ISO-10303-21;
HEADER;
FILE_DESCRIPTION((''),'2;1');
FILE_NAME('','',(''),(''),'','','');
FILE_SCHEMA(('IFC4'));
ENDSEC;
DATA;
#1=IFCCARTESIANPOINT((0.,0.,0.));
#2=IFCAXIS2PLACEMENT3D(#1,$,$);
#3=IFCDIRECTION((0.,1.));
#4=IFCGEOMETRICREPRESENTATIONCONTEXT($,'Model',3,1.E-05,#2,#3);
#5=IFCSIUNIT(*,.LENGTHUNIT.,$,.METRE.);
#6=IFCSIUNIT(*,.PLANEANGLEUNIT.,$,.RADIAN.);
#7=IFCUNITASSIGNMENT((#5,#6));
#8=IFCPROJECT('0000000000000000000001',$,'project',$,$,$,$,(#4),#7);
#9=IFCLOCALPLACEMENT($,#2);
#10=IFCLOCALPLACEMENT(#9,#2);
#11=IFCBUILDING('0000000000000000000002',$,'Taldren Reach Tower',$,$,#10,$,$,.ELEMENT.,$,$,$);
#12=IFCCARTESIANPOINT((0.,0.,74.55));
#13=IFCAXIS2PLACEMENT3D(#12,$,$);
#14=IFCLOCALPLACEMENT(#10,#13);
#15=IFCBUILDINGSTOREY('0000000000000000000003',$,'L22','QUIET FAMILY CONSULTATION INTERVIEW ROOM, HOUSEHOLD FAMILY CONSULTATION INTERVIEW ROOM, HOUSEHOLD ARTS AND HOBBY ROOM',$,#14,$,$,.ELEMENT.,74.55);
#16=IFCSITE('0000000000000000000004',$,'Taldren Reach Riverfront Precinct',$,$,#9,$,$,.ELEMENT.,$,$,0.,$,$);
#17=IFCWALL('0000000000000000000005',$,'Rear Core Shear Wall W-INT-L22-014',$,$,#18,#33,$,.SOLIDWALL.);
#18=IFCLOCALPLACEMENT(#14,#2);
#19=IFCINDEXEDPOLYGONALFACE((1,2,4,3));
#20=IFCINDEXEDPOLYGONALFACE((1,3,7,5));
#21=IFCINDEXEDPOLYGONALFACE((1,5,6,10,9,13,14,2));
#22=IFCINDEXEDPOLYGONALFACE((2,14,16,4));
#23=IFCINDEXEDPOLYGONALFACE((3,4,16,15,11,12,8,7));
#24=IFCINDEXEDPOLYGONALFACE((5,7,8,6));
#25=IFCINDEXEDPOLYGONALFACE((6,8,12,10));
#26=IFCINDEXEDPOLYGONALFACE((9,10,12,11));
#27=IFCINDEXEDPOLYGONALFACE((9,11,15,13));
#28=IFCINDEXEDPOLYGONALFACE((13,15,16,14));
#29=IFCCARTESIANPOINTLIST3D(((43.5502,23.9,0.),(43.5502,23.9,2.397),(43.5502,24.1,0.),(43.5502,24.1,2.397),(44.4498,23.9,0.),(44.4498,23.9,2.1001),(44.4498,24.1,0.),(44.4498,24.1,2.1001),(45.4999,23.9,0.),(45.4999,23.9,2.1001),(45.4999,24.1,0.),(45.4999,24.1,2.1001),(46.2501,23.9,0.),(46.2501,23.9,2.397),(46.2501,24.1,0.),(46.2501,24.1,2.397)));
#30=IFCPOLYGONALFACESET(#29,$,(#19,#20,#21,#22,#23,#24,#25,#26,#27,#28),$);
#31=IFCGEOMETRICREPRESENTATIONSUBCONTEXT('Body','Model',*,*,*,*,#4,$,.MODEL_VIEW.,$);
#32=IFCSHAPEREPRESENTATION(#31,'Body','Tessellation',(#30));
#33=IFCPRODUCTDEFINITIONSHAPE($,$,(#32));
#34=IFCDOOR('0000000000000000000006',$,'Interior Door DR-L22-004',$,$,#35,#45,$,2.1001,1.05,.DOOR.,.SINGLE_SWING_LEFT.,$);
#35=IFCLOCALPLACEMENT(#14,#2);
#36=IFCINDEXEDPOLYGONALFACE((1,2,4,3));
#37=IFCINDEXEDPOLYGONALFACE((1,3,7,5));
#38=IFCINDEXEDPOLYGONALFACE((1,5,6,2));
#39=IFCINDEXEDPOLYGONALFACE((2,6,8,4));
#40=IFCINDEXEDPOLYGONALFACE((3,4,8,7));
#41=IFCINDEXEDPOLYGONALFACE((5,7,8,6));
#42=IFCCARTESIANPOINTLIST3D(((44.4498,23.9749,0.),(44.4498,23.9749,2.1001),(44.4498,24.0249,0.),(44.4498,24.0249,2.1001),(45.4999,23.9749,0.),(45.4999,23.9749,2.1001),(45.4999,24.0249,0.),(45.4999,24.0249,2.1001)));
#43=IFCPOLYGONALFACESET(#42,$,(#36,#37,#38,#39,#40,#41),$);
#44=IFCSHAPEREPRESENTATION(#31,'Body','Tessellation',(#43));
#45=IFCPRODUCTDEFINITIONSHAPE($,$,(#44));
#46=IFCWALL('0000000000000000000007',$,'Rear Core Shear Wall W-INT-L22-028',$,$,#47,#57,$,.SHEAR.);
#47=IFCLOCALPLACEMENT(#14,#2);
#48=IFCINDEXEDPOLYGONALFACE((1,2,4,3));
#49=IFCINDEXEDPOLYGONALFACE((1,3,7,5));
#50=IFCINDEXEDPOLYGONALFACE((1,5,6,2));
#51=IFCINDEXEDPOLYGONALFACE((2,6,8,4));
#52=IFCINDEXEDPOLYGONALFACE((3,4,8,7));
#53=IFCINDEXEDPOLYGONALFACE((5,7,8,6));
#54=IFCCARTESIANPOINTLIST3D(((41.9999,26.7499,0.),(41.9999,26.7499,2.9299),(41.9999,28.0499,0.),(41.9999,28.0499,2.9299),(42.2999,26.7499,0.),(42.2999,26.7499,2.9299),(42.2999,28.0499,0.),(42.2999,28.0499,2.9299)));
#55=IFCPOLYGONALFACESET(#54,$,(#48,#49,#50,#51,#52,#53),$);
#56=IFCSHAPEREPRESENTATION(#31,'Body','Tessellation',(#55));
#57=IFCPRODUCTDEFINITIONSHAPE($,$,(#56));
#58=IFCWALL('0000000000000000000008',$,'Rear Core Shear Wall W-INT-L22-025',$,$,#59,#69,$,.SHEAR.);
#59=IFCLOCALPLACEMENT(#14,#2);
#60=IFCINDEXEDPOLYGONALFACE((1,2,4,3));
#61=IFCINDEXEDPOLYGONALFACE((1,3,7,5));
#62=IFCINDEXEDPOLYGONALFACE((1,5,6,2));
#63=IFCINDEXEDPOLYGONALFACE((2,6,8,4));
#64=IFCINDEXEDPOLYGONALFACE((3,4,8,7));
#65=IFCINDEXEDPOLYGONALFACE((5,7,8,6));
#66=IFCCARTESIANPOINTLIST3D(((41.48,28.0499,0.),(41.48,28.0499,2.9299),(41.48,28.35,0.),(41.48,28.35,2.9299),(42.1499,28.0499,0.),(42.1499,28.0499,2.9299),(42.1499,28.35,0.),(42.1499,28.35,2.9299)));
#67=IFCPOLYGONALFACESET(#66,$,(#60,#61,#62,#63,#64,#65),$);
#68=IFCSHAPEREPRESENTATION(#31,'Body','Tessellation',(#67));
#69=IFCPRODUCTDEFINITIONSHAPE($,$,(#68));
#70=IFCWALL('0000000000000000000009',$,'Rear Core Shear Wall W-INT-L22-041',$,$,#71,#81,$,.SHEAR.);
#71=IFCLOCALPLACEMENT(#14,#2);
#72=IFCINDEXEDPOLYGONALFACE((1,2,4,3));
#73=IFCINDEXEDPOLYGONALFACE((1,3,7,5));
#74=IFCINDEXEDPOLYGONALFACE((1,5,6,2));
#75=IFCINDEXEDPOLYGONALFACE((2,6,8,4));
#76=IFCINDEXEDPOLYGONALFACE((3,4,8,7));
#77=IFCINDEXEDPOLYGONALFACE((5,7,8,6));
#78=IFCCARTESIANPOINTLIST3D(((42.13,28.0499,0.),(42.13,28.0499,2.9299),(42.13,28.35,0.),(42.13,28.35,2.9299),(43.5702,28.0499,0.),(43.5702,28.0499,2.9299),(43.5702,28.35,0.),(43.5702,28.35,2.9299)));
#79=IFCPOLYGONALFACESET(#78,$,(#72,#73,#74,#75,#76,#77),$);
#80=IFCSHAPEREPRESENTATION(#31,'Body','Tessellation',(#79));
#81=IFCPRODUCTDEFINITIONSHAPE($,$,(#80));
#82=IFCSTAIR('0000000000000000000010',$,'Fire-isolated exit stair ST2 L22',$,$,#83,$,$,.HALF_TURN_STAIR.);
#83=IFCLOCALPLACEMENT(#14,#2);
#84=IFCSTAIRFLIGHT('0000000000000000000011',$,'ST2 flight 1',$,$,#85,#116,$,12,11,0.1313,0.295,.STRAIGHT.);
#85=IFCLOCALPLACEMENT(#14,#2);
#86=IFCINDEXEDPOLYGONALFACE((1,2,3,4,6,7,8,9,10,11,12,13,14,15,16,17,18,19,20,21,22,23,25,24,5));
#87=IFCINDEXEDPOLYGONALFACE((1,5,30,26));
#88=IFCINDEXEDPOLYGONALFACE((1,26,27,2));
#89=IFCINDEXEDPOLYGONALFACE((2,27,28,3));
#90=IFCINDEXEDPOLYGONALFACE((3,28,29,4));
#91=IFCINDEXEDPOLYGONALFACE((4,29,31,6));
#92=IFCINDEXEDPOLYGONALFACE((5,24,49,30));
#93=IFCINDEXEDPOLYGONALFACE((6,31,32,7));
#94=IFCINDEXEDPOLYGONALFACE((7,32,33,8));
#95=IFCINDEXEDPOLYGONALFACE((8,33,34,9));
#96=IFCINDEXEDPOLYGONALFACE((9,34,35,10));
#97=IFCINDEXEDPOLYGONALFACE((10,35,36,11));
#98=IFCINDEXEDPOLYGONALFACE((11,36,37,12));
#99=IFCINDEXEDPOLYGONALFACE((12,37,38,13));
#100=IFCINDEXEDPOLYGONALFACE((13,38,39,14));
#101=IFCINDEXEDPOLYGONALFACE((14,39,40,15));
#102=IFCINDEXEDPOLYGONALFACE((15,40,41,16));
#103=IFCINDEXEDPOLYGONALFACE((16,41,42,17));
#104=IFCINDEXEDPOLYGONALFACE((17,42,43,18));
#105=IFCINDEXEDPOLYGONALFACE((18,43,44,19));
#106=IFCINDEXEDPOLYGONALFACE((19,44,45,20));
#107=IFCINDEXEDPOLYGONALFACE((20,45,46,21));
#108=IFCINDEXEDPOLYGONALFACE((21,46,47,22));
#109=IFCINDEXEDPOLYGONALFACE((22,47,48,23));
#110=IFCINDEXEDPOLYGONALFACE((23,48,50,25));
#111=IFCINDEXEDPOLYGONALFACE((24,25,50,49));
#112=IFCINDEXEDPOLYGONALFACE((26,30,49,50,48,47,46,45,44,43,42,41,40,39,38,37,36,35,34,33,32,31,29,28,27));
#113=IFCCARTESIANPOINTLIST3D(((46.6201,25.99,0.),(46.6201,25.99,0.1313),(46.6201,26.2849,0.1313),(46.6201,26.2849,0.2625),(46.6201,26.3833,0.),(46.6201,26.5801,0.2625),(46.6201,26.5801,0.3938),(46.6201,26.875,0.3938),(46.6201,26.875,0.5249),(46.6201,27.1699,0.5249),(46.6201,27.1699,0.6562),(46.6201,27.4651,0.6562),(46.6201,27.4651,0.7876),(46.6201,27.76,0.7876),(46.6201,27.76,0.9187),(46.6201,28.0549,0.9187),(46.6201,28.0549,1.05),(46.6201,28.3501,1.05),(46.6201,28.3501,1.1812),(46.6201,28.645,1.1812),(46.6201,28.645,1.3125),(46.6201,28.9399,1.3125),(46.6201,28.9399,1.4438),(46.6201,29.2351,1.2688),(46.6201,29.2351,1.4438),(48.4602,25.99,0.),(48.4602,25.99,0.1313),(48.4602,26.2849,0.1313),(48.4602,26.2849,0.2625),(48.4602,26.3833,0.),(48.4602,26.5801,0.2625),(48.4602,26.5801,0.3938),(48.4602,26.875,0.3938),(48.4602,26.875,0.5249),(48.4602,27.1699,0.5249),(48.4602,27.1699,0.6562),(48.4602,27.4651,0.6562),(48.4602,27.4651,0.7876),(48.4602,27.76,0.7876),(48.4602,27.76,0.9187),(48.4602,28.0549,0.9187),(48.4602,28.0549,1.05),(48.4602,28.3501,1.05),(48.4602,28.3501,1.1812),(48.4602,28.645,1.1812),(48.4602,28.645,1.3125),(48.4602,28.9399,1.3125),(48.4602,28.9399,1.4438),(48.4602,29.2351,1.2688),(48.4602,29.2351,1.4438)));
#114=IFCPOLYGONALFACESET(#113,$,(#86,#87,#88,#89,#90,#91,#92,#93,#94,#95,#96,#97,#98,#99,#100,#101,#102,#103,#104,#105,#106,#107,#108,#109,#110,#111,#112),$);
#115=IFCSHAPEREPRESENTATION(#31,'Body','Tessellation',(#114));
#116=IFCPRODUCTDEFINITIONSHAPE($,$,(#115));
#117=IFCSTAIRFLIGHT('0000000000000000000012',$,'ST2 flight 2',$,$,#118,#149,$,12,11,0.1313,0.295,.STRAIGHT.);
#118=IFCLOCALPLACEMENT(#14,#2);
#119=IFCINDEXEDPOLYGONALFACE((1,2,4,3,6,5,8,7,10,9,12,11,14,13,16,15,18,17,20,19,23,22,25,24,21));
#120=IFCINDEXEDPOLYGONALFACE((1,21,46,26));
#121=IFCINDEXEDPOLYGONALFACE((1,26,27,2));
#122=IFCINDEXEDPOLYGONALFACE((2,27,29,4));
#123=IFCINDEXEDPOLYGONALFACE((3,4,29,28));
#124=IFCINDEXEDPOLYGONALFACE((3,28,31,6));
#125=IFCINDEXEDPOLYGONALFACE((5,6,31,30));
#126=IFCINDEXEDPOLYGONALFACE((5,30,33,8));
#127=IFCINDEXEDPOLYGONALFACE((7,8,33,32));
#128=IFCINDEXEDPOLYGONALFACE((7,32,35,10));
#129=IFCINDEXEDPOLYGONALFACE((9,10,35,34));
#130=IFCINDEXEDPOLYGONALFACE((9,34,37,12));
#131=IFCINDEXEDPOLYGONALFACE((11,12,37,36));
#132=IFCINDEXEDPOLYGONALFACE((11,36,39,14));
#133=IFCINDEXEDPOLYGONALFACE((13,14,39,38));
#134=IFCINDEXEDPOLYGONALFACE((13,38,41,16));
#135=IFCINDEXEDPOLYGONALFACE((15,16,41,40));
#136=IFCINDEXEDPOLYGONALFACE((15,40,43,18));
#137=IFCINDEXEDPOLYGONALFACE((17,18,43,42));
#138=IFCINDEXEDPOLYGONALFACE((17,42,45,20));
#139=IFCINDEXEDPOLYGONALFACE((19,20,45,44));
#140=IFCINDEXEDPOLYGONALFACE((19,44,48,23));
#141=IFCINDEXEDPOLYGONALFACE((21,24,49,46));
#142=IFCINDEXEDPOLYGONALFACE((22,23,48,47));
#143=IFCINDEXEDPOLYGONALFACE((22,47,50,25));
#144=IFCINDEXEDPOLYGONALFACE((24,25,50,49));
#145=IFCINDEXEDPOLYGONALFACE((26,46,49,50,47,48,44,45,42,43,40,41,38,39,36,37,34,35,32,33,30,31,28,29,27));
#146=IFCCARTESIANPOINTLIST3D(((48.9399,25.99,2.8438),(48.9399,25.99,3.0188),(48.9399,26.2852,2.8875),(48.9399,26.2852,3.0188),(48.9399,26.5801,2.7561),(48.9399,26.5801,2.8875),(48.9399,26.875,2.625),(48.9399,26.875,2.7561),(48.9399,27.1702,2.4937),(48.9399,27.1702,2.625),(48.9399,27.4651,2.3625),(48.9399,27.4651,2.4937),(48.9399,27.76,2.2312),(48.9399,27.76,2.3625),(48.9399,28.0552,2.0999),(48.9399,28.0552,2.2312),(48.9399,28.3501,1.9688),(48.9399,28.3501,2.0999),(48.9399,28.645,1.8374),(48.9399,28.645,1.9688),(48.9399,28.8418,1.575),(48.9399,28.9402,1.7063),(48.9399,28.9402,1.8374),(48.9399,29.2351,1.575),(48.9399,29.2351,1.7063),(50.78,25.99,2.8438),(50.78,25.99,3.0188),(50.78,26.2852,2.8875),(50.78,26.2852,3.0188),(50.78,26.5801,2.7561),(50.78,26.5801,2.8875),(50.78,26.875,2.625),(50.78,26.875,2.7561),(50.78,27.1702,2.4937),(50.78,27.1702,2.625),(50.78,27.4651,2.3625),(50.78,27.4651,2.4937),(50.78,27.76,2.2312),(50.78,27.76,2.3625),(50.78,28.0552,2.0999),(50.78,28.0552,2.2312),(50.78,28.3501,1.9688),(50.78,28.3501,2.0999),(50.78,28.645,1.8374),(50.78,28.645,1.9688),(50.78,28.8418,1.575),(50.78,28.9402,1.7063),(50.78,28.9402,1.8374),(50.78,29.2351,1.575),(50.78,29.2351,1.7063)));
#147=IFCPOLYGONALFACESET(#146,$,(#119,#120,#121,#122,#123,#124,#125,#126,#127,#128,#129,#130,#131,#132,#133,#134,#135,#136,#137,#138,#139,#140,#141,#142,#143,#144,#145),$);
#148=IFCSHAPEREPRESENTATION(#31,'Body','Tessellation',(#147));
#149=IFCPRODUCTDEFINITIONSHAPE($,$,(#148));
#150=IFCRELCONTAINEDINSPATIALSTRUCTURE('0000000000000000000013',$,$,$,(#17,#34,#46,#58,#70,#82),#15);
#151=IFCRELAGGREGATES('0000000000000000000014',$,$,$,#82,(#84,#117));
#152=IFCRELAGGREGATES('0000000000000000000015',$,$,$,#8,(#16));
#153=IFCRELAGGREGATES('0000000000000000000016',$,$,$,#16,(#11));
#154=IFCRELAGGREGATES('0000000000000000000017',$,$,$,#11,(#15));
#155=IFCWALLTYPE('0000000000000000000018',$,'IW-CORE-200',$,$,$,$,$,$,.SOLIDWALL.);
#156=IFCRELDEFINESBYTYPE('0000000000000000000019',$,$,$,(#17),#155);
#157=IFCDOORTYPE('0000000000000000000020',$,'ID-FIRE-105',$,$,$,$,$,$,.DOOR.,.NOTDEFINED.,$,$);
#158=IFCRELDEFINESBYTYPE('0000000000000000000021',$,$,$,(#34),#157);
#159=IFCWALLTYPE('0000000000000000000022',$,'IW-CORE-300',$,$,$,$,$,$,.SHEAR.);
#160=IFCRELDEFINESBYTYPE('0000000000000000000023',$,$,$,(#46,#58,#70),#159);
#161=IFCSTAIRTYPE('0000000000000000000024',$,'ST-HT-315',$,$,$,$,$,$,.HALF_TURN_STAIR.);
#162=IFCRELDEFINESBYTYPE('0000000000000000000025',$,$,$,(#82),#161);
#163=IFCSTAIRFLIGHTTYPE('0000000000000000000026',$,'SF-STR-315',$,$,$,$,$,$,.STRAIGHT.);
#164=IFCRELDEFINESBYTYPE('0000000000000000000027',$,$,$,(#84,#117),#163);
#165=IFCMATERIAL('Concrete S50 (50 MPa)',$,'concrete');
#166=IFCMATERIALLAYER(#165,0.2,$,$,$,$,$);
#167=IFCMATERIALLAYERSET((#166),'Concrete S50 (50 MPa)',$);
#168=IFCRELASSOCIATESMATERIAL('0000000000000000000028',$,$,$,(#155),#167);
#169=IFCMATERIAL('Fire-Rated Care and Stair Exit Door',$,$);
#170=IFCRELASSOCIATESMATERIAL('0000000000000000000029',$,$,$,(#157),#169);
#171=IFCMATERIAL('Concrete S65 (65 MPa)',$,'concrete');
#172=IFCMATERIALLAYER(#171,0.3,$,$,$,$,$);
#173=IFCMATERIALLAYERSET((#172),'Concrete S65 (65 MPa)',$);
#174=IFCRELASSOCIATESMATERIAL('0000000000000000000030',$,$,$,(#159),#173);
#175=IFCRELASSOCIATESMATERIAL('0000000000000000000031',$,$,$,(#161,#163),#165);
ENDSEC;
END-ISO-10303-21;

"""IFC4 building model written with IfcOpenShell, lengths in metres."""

from ifc_helpers import new_model, si_unit, direction, frame, frame_2d, origin, place, context, subcontext, project, spatial, polyline, rectangle, outline, extrude, source, transform, mapped, material, layer, layer_set, type_object, element, fill, aggregate, save


model = new_model("IFC4")

# Units and contexts
model_context = context("Model", 3, precision=1e-05, world=origin(), true_north=direction((0.0, 1.0)))
body_context = subcontext(model_context, "Body", "Model", "MODEL_VIEW")
ifc_project = project(units=[si_unit("LENGTHUNIT", "METRE"), si_unit("PLANEANGLEUNIT", "RADIAN")], contexts=[model_context])

# Site, building, storey
site_placement = place(None, origin())
site = spatial("IfcSite", under=ifc_project, at=site_placement, Name="Taldren Reach Riverfront Precinct", CompositionType="ELEMENT", RefElevation=0.0)
building_placement = place(site_placement, origin())
building = spatial("IfcBuilding", under=site, at=building_placement, Name="Taldren Reach Tower", CompositionType="ELEMENT")
storey_placement = place(building_placement, frame((0.0, 0.0, 74.55)))
storey = spatial("IfcBuildingStorey", under=building, at=storey_placement, Name="L22", Description="QUIET FAMILY CONSULTATION INTERVIEW ROOM, HOUSEHOLD FAMILY CONSULTATION INTERVIEW ROOM, HOUSEHOLD ARTS AND HOBBY ROOM", CompositionType="ELEMENT", Elevation=74.55)

# Shared definitions
ifc_material_1 = material(Name="Concrete S50 (50 MPa)", Category="concrete")
ifc_layer_1 = layer(ifc_material_1, 0.2)
ifc_layer_set_1 = layer_set([ifc_layer_1], Name="Concrete S50 (50 MPa)")
wall_type_1 = type_object("IfcWallType", Name="IW-CORE-200", PredefinedType="SOLIDWALL", material=ifc_layer_set_1)
shared_shape_1 = source(origin(), body_context, "Body", "SweptSolid", [
    extrude(rectangle(XDim=1.05, YDim=2.1001, at=frame_2d((0.5249, 1.05))), frame((0.0, 0.1099, 0.0), z_axis=(0.0, -1.0, 0.0), x_axis=(1.0, 0.0, 0.0)), (0.0, 0.0, 1.0), 0.22),
])
ifc_material_2 = material(Name="Fire-Rated Care and Stair Exit Door")
door_type_1 = type_object("IfcDoorType", Name="ID-FIRE-105", OperationType="NOTDEFINED", PredefinedType="DOOR", material=ifc_material_2)
shared_shape_2 = source(origin(), body_context, "Body", "SweptSolid", [
    extrude(rectangle(XDim=1.05, YDim=2.1001, at=frame_2d((0.5249, 1.05))), frame((0.0, 0.0249, 0.0), z_axis=(0.0, -1.0, 0.0), x_axis=(1.0, 0.0, 0.0)), (0.0, 0.0, 1.0), 0.05),
])

# Shared definitions
ifc_material_3 = material(Name="Concrete S65 (65 MPa)", Category="concrete")
ifc_layer_2 = layer(ifc_material_3, 0.3)
ifc_layer_set_2 = layer_set([ifc_layer_2], Name="Concrete S65 (65 MPa)")
wall_type_2 = type_object("IfcWallType", Name="IW-CORE-300", PredefinedType="SHEAR", material=ifc_layer_set_2)

# Wall, opening, door
shared_shape_3 = source(origin(), body_context, "Body", "SweptSolid", [
    extrude(rectangle(XDim=2.7, YDim=0.2, at=frame_2d((1.3501, 0.0))), origin(), (0.0, 0.0, 1.0), 2.397),
])
wall_1_placement = place(storey_placement, frame((43.55, 24.0, 0.0), z_axis=(0.0, 0.0, 1.0), x_axis=(1.0, 0.0, 0.0)))
wall_1 = element("IfcWall", 1, at=wall_1_placement, inside=storey, type_object=wall_type_1, Name="Rear Core Shear Wall W-INT-L22-014", PredefinedType="SOLIDWALL", context=body_context, shape_type="MappedRepresentation", body=[
    mapped(shared_shape_3, transform((0.0, 0.0, 0.0), scale=1.0)),
])
opening_1_placement = place(wall_1_placement, frame((0.8999, 0.0, 0.0)))
opening_1 = element("IfcOpeningElement", 2, at=opening_1_placement, cuts=wall_1, PredefinedType="OPENING", context=body_context, shape_type="MappedRepresentation", body=[
    mapped(shared_shape_1, transform((0.0, 0.0, 0.0), scale=1.0)),
])
door_1_placement = place(opening_1_placement, origin())
door_1 = element("IfcDoor", 3, at=door_1_placement, inside=storey, type_object=door_type_1, Name="Interior Door DR-L22-004", OperationType="SINGLE_SWING_LEFT", OverallHeight=2.1001, OverallWidth=1.05, PredefinedType="DOOR", context=body_context, shape_type="MappedRepresentation", body=[
    mapped(shared_shape_2, transform((0.0, 0.0, 0.0), scale=1.0)),
])
fill(opening_1, door_1)

# Walls
shared_shape_4 = source(origin(), body_context, "Body", "SweptSolid", [
    extrude(rectangle(XDim=1.3, YDim=0.3, at=frame_2d((0.6499, 0.0))), origin(), (0.0, 0.0, 1.0), 2.9299),
])
wall_2_placement = place(storey_placement, frame((42.1499, 26.75, 0.0), z_axis=(0.0, 0.0, 1.0), x_axis=(0.0, 1.0, 0.0)))
element("IfcWall", 4, at=wall_2_placement, inside=storey, type_object=wall_type_2, Name="Rear Core Shear Wall W-INT-L22-028", PredefinedType="SHEAR", context=body_context, shape_type="MappedRepresentation", body=[
    mapped(shared_shape_4, transform((0.0, 0.0, 0.0), scale=1.0)),
])
shared_shape_5 = source(origin(), body_context, "Body", "SweptSolid", [
    extrude(rectangle(XDim=0.6699, YDim=0.3, at=frame_2d((0.335, 0.0))), origin(), (0.0, 0.0, 1.0), 2.9299),
])
wall_3_placement = place(storey_placement, frame((42.1499, 28.2, 0.0), z_axis=(0.0, 0.0, 1.0), x_axis=(-1.0, 0.0, 0.0)))
element("IfcWall", 5, at=wall_3_placement, inside=storey, type_object=wall_type_2, Name="Rear Core Shear Wall W-INT-L22-025", PredefinedType="SHEAR", context=body_context, shape_type="MappedRepresentation", body=[
    mapped(shared_shape_5, transform((0.0, 0.0, 0.0), scale=1.0)),
])
shared_shape_6 = source(origin(), body_context, "Body", "SweptSolid", [
    extrude(rectangle(XDim=1.4402, YDim=0.3, at=frame_2d((0.7202, 0.0))), origin(), (0.0, 0.0, 1.0), 2.9299),
])
wall_4_placement = place(storey_placement, frame((42.1299, 28.2, 0.0), z_axis=(0.0, 0.0, 1.0), x_axis=(1.0, 0.0, 0.0)))
element("IfcWall", 6, at=wall_4_placement, inside=storey, type_object=wall_type_2, Name="Rear Core Shear Wall W-INT-L22-041", PredefinedType="SHEAR", context=body_context, shape_type="MappedRepresentation", body=[
    mapped(shared_shape_6, transform((0.0, 0.0, 0.0), scale=1.0)),
])

# Stair, stair flights
stair_type = type_object("IfcStairType", Name="ST-HT-315", PredefinedType="HALF_TURN_STAIR", material=ifc_material_1)
stair_placement = place(storey_placement, origin())
stair = element("IfcStair", 7, at=stair_placement, inside=storey, type_object=stair_type, Name="Fire-isolated exit stair ST2 L22", PredefinedType="HALF_TURN_STAIR")
stair_flight_type = type_object("IfcStairFlightType", Name="SF-STR-315", PredefinedType="STRAIGHT", material=ifc_material_1)
stair_flight_1_placement = place(storey_placement, frame((47.54, 25.99, 0.0), z_axis=(0.0, 0.0, 1.0), x_axis=(0.0, 1.0, 0.0)))
stair_flight_1 = element("IfcStairFlight", 8, at=stair_flight_1_placement, type_object=stair_flight_type, Name="ST2 flight 1", NumberOfRisers=12, NumberOfTreads=11, PredefinedType="STRAIGHT", RiserHeight=0.1313, TreadLength=0.295, context=body_context, shape_type="SweptSolid", body=[
    extrude(outline(polyline([(0.0, 0.0), (0.0, 0.1313), (0.2949, 0.1313), (0.2949, 0.2625), (0.5901, 0.2625), (0.5901, 0.3938), (0.885, 0.3938), (0.885, 0.5249), (1.1799, 0.5249), (1.1799, 0.6562), (1.4751, 0.6562), (1.4751, 0.7876), (1.77, 0.7876), (1.77, 0.9187), (2.0649, 0.9187), (2.0649, 1.05), (2.3601, 1.05), (2.3601, 1.1812), (2.655, 1.1812), (2.655, 1.3125), (2.95, 1.3125), (2.95, 1.4438), (3.2451, 1.4438), (3.2451, 1.575), (3.2451, 1.2688), (0.3933, 0.0), (0.0, 0.0)])), frame((0.0, 0.9199, 0.0), z_axis=(0.0, -1.0, 0.0), x_axis=(1.0, 0.0, 0.0)), (0.0, 0.0, 1.0), 1.8401),
])
stair_flight_2_placement = place(storey_placement, frame((49.8601, 29.2351, 1.575), z_axis=(0.0, 0.0, 1.0), x_axis=(0.0, -1.0, 0.0)))
stair_flight_2 = element("IfcStairFlight", 9, at=stair_flight_2_placement, type_object=stair_flight_type, Name="ST2 flight 2", NumberOfRisers=12, NumberOfTreads=11, PredefinedType="STRAIGHT", RiserHeight=0.1313, TreadLength=0.295, context=body_context, shape_type="SweptSolid", body=[
    extrude(outline(polyline([(0.0, 0.0), (0.0, 0.1313), (0.2949, 0.1313), (0.2949, 0.2625), (0.5901, 0.2625), (0.5901, 0.3938), (0.885, 0.3938), (0.885, 0.5249), (1.1799, 0.5249), (1.1799, 0.6562), (1.4751, 0.6562), (1.4751, 0.7876), (1.77, 0.7876), (1.77, 0.9187), (2.0649, 0.9187), (2.0649, 1.05), (2.3601, 1.05), (2.3601, 1.1812), (2.655, 1.1812), (2.655, 1.3125), (2.95, 1.3125), (2.95, 1.4438), (3.2451, 1.4438), (3.2451, 1.575), (3.2451, 1.2688), (0.3933, 0.0), (0.0, 0.0)])), frame((0.0, 0.9199, 0.0), z_axis=(0.0, -1.0, 0.0), x_axis=(1.0, 0.0, 0.0)), (0.0, 0.0, 1.0), 1.8401),
])
aggregate(stair, [stair_flight_1, stair_flight_2])

save(model, "model.ifc")
